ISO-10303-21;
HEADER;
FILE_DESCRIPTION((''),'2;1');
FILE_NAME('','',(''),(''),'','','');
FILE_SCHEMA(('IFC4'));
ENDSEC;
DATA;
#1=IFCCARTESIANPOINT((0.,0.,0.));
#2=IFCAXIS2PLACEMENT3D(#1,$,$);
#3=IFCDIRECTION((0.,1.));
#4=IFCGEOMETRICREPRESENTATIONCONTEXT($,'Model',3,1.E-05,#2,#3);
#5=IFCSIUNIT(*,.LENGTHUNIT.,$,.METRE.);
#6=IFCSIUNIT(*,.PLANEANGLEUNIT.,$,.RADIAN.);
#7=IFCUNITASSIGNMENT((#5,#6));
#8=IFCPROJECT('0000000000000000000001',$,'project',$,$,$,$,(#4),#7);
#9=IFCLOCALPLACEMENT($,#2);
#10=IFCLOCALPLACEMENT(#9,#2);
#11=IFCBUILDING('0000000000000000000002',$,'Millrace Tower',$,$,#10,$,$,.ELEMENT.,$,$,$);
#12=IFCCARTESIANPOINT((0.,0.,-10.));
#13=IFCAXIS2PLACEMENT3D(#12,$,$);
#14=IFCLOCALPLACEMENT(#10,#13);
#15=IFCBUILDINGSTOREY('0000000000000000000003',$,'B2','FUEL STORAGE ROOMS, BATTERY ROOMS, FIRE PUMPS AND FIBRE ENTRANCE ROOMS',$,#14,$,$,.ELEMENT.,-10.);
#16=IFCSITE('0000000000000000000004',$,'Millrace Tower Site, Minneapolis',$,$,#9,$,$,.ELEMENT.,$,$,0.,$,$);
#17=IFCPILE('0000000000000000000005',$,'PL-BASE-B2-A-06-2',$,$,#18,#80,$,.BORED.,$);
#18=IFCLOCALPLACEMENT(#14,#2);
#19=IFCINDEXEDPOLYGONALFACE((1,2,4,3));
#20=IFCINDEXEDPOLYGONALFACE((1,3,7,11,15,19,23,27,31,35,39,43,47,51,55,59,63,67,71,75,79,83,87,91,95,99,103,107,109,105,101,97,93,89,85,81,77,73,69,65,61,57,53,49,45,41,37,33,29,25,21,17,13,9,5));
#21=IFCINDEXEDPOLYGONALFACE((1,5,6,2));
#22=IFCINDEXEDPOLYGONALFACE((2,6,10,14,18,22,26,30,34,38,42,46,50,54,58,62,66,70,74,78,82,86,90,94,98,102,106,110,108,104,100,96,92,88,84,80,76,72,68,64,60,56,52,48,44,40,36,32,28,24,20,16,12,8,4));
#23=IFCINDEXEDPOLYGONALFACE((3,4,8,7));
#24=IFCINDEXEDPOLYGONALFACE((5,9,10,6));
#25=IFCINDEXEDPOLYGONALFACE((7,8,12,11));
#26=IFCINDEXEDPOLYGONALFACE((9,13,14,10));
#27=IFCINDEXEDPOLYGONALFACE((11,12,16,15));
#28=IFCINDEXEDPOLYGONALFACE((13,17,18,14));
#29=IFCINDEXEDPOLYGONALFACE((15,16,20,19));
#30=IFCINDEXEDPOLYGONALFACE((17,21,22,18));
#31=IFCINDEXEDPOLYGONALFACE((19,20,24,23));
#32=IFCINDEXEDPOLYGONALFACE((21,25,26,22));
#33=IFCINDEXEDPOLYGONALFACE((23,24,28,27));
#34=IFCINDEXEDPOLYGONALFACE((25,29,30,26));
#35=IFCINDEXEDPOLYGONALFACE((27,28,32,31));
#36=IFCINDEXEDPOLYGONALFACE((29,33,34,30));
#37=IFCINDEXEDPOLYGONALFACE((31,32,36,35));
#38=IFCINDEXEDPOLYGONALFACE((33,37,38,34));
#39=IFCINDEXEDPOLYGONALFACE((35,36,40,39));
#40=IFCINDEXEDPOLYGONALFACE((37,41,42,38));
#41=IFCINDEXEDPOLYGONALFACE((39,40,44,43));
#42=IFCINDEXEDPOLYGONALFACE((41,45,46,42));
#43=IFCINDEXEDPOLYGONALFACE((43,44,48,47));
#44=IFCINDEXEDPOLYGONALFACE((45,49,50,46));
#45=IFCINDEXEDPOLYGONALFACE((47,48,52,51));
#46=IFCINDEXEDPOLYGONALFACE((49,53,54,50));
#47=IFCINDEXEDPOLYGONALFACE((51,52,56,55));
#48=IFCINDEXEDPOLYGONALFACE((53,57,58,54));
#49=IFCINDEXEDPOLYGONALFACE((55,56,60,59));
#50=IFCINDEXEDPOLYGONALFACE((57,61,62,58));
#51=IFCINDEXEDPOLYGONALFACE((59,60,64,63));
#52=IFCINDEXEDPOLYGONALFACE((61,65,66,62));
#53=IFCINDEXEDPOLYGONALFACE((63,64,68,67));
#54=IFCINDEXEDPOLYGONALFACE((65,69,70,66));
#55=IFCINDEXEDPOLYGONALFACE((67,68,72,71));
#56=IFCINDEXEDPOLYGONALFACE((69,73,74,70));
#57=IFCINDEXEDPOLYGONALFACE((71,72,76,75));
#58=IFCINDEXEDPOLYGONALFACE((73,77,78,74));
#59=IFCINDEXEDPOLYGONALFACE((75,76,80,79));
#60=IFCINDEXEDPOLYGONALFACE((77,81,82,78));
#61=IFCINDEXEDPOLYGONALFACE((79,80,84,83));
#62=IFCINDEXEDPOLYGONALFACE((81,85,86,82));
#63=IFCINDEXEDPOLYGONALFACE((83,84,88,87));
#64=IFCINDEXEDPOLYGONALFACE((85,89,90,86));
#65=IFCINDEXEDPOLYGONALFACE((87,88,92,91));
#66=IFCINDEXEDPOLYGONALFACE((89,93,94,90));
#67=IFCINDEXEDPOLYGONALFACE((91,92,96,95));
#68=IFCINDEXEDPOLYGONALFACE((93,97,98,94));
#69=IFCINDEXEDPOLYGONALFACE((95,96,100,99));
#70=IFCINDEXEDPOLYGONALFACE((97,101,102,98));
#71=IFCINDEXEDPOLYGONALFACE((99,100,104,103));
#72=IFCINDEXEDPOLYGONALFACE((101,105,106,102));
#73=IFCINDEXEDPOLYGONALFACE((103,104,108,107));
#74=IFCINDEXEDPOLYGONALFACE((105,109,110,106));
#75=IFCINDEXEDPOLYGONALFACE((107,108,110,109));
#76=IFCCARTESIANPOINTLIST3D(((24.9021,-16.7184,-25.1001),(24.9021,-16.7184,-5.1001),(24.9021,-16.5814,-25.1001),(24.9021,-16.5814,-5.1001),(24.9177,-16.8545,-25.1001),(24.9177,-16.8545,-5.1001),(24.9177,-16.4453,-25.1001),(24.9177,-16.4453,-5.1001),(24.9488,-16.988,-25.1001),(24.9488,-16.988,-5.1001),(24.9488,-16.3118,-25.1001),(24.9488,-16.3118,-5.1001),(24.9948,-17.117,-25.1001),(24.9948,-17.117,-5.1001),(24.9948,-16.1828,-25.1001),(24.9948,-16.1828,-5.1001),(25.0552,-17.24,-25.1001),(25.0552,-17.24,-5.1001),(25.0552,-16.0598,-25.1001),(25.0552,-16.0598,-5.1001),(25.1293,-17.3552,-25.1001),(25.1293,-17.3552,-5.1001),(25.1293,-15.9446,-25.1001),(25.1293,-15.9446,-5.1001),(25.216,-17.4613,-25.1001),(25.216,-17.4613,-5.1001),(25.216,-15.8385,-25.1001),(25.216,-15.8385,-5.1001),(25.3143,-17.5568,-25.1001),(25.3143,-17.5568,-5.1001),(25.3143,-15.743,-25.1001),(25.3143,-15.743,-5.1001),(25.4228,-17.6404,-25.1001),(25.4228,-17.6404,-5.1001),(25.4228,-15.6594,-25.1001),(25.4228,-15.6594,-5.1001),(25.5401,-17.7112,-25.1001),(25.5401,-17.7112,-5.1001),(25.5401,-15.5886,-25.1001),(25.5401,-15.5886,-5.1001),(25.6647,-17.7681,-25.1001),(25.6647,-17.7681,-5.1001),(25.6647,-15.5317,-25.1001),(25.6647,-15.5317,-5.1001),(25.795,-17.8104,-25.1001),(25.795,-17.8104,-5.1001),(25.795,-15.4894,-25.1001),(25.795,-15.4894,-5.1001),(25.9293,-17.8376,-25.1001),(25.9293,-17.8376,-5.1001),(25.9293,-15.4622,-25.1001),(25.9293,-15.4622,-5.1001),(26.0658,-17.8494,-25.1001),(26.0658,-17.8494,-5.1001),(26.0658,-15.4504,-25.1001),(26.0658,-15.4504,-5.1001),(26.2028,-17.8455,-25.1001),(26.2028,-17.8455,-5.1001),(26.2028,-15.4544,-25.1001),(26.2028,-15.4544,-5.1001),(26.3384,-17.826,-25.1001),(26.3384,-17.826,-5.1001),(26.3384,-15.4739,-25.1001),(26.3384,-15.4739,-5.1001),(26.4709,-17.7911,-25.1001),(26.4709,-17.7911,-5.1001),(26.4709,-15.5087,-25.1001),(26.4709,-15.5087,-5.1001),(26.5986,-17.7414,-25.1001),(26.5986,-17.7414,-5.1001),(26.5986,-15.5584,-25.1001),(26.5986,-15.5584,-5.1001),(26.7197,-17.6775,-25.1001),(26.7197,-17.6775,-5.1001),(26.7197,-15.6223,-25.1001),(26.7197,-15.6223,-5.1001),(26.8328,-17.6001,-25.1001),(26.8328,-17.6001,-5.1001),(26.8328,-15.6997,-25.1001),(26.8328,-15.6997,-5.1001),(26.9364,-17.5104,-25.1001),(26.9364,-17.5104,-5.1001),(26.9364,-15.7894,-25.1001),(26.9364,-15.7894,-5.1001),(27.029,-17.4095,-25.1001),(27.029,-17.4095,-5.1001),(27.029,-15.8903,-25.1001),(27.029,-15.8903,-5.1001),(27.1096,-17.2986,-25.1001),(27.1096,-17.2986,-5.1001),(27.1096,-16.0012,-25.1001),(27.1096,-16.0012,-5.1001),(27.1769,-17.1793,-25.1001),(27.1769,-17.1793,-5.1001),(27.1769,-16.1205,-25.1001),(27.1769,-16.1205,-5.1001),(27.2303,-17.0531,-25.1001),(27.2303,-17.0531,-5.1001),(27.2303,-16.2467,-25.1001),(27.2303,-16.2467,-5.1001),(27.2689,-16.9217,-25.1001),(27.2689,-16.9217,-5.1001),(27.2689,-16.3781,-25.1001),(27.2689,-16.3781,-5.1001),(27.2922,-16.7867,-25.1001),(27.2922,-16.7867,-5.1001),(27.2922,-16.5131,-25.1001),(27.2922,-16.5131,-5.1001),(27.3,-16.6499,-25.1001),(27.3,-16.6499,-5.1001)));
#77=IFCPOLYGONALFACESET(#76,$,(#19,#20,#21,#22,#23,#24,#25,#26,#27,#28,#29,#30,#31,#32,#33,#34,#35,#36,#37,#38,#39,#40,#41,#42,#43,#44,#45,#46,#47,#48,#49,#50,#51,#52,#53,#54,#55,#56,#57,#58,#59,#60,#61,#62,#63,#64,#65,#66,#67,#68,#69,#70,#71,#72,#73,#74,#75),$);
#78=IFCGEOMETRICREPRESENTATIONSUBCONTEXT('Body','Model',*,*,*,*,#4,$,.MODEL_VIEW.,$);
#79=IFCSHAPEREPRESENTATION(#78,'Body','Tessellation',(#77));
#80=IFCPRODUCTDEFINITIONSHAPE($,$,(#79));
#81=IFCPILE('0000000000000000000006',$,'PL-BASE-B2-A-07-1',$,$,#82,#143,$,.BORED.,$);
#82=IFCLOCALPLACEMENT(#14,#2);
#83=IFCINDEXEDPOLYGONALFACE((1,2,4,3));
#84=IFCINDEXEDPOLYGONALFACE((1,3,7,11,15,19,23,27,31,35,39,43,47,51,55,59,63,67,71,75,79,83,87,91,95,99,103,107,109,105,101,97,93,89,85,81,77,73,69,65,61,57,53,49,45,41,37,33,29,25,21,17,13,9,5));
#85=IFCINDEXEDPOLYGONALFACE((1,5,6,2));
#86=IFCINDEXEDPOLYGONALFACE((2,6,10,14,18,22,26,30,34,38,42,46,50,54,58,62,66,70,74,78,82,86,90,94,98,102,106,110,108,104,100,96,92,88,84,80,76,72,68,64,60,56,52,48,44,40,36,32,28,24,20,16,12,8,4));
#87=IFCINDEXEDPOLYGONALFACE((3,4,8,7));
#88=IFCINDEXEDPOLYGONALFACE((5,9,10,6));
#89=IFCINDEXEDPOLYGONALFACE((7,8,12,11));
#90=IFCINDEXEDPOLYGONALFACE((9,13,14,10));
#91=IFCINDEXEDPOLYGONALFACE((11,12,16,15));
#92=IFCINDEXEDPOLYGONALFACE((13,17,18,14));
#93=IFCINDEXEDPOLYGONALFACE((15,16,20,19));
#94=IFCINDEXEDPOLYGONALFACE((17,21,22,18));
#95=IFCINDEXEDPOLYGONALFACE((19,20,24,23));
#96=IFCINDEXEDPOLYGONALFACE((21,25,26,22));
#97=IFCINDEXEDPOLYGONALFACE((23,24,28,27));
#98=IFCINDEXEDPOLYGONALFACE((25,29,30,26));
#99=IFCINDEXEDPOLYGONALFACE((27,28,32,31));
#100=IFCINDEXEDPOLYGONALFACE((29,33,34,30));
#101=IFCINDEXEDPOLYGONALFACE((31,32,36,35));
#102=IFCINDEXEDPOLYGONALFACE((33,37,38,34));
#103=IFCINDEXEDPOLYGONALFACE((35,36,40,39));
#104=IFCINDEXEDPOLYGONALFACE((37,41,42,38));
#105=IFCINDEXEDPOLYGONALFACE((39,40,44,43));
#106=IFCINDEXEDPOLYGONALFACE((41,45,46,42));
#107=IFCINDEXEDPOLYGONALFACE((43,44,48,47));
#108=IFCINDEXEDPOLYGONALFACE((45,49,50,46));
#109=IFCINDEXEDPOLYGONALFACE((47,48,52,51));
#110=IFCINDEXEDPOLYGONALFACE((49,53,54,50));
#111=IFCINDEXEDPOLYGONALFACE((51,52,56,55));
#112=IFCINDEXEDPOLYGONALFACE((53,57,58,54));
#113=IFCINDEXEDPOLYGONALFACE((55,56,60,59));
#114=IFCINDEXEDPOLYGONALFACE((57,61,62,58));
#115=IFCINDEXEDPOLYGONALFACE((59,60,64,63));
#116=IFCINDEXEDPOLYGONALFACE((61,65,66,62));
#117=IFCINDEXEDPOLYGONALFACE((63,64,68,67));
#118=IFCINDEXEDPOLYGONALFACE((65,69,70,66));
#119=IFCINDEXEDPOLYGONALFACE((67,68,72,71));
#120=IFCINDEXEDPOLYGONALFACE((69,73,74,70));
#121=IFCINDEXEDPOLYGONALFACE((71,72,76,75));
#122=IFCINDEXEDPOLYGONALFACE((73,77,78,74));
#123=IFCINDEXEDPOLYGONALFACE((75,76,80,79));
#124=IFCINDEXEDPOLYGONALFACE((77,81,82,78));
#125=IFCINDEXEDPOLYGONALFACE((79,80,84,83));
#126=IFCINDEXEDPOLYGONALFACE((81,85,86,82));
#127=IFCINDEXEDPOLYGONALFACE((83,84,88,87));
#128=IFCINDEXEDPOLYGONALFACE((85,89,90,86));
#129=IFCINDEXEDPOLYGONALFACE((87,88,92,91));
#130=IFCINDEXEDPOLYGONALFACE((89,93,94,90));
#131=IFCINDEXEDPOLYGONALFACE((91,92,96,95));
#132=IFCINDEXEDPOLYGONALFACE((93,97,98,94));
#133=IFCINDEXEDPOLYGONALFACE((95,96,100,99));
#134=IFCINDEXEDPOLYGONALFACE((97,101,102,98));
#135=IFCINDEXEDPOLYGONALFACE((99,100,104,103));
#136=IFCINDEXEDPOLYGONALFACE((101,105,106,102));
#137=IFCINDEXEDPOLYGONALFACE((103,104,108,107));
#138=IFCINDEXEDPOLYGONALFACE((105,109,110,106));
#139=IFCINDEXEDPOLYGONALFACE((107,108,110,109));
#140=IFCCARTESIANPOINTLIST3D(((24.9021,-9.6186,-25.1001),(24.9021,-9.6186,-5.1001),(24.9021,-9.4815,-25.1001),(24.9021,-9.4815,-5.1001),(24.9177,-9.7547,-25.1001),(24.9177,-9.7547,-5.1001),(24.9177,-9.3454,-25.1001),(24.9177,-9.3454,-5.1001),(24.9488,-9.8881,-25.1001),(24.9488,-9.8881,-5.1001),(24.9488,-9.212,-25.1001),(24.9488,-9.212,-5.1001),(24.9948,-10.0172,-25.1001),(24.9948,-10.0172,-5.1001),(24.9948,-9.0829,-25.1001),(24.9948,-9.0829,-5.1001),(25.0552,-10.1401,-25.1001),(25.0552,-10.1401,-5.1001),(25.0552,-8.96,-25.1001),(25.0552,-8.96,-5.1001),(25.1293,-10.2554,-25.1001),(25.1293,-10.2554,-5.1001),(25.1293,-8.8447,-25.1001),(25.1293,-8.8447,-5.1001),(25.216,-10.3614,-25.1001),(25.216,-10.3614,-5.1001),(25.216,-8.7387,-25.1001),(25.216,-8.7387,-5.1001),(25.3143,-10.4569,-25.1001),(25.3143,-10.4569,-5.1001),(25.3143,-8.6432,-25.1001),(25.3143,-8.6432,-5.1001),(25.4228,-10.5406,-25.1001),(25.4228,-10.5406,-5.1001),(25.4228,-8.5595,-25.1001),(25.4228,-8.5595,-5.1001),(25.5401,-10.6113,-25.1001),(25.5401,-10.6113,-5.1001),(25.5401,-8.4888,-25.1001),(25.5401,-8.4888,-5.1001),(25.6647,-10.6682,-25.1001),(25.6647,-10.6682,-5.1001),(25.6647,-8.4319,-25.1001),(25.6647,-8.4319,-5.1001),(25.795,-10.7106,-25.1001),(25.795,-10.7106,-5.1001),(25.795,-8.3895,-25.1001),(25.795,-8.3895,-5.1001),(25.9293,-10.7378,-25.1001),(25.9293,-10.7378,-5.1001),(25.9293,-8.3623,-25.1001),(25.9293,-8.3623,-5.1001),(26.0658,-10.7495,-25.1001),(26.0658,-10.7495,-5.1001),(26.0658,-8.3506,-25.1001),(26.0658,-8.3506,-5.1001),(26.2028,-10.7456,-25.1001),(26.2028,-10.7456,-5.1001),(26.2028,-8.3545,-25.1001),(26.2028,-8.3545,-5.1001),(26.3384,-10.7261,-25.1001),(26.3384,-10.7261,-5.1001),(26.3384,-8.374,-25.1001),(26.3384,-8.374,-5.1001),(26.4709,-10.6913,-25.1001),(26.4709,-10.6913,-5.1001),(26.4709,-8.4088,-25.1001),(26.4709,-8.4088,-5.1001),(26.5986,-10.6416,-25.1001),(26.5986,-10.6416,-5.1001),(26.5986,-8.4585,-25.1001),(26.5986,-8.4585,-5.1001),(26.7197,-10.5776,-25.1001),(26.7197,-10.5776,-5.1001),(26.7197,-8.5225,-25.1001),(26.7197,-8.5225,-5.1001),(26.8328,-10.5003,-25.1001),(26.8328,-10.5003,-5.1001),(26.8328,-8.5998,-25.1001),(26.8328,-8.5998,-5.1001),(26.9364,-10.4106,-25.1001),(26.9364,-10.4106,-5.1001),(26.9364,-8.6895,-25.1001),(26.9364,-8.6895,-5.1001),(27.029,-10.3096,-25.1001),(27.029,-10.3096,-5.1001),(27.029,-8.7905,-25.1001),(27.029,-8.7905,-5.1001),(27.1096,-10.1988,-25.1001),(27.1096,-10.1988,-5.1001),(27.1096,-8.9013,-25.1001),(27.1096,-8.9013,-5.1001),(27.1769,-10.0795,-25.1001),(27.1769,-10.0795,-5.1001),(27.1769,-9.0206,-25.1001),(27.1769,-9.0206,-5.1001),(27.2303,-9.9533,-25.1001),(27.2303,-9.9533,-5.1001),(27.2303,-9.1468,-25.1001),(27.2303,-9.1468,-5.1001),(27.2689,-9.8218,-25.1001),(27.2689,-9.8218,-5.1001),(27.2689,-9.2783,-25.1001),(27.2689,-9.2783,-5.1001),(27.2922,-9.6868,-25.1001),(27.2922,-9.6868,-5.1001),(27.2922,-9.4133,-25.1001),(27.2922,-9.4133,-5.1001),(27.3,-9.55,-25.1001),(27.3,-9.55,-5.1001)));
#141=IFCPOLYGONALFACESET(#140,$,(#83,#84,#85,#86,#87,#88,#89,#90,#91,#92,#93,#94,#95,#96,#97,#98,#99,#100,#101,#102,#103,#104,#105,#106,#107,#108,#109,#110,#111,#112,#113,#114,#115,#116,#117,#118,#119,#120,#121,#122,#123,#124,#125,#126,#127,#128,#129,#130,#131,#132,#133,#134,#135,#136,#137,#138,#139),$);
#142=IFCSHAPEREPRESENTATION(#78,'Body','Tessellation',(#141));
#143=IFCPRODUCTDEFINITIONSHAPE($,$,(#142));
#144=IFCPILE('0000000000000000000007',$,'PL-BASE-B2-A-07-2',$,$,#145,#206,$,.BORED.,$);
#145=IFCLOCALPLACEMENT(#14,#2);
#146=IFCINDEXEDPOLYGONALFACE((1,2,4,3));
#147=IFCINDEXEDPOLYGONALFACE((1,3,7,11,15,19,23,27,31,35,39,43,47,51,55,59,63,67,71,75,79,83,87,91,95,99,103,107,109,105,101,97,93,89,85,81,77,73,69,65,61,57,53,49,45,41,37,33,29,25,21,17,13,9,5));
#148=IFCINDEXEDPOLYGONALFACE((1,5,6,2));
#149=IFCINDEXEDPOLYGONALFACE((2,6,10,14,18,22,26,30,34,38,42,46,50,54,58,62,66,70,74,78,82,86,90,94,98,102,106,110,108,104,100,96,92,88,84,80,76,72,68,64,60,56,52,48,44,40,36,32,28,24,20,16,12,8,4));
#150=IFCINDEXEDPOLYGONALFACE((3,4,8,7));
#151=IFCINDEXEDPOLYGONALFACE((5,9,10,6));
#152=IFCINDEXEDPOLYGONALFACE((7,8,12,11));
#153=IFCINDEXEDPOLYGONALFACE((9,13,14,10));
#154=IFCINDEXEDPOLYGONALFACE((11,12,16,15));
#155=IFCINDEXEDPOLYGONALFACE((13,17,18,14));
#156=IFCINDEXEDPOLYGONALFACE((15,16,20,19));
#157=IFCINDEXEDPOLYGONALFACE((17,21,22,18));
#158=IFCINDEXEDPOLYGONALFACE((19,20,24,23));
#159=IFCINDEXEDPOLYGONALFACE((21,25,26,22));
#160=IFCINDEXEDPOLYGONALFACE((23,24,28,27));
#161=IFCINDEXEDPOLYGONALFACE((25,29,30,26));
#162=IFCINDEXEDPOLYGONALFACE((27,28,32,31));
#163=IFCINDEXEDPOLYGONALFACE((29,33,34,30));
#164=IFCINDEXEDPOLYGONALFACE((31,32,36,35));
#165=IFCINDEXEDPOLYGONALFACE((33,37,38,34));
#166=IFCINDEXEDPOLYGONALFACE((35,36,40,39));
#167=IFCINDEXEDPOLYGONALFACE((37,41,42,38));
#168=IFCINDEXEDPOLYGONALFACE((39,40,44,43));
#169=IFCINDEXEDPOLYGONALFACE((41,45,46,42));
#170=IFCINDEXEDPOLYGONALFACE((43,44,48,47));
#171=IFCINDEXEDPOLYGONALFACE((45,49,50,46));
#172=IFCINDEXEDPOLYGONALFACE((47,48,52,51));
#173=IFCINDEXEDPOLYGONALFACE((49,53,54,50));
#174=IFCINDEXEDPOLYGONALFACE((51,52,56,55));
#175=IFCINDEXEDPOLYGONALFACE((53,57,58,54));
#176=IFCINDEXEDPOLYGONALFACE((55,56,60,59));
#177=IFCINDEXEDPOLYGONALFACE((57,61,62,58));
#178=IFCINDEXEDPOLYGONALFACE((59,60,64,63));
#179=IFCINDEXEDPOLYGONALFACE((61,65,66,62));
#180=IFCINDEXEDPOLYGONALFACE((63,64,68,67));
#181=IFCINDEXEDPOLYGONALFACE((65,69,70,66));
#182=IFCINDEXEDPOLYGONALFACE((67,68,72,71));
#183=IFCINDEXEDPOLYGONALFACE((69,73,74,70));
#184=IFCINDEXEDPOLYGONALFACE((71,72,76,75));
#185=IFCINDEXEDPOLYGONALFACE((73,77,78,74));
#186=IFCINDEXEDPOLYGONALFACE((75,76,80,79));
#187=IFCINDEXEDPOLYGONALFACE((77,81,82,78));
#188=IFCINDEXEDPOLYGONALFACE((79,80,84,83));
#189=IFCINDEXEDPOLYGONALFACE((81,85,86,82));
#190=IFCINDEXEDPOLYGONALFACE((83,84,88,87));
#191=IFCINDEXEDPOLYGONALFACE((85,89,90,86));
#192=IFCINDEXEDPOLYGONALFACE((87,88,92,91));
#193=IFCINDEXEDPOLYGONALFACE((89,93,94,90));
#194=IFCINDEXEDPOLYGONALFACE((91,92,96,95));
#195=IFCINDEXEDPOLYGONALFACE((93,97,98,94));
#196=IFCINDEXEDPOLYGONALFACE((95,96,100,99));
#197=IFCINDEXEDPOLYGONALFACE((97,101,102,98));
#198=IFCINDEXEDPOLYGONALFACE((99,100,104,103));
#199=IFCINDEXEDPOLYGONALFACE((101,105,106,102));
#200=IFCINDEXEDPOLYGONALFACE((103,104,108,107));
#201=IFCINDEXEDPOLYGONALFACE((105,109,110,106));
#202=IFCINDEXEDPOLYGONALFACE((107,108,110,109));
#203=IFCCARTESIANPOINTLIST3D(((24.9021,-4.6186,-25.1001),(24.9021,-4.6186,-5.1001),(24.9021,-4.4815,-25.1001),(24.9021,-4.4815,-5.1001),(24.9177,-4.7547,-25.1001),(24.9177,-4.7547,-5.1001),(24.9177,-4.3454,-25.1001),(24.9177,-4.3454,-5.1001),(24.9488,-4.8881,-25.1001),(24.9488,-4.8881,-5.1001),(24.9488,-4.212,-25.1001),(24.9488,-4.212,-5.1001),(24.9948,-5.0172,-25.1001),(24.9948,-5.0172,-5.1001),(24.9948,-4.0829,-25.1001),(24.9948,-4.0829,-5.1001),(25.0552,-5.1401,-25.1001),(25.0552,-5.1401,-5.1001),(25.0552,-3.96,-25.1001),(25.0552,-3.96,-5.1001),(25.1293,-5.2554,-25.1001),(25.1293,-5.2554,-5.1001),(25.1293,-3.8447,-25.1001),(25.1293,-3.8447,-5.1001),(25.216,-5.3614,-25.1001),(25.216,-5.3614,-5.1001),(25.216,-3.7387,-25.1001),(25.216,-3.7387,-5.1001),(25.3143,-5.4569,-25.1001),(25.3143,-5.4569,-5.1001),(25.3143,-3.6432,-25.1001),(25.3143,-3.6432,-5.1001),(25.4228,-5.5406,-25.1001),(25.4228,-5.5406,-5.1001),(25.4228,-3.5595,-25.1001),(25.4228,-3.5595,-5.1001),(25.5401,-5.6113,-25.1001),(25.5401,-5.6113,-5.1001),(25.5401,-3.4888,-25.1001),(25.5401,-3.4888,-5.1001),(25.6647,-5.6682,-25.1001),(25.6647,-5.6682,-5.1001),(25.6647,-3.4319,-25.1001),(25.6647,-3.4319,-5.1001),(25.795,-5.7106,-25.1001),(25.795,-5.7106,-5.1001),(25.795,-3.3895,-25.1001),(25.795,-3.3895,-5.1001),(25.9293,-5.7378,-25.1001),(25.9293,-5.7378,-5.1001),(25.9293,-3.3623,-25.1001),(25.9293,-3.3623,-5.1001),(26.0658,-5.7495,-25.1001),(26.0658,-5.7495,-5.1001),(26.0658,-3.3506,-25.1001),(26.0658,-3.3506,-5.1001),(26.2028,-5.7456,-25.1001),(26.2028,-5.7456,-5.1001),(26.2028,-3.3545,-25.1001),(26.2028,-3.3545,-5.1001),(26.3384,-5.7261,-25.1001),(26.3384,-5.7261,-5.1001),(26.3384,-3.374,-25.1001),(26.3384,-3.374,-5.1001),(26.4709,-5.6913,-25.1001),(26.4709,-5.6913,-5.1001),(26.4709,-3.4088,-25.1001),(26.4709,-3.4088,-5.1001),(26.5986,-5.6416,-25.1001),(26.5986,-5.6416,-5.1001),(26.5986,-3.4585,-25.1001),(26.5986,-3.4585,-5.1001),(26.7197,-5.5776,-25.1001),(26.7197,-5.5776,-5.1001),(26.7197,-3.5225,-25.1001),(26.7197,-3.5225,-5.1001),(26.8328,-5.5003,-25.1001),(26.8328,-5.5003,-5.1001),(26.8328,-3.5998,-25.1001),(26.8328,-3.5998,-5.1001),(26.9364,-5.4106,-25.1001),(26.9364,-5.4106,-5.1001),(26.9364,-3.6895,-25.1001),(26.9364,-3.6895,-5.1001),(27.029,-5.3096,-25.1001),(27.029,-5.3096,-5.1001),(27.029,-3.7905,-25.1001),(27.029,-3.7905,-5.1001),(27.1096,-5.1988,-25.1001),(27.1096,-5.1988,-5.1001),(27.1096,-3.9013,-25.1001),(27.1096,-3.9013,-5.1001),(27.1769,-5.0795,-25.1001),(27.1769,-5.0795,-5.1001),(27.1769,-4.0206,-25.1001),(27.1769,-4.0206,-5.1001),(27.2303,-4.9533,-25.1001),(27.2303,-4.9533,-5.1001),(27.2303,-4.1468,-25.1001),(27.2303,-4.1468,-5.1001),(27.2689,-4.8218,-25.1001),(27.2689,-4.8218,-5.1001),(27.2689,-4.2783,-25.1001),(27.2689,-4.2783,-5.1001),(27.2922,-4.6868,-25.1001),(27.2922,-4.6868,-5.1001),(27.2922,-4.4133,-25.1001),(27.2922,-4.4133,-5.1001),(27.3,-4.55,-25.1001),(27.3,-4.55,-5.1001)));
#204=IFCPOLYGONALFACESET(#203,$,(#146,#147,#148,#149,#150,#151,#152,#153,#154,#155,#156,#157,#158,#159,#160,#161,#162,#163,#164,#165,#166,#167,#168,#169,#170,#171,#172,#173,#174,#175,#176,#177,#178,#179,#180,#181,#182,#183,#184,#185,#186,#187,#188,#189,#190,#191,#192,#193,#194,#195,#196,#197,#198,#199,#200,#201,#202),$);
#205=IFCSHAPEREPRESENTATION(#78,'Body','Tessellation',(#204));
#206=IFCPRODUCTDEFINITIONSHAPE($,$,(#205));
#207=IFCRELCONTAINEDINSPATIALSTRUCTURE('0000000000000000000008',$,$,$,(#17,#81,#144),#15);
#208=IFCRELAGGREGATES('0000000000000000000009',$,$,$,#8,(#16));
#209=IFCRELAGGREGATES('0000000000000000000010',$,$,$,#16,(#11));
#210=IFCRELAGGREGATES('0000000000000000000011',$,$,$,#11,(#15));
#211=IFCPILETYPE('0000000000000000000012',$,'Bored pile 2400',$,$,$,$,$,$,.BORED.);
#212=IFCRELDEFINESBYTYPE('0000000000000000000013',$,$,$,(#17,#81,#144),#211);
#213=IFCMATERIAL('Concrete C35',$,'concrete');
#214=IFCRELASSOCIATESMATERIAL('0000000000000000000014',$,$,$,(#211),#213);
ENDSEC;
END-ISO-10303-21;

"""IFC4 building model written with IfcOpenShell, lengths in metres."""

from ifc_helpers import new_model, si_unit, direction, frame, origin, origin_2d, place, context, subcontext, project, spatial, circle, extrude, material, material_profile, profile_set, type_object, element, save


model = new_model("IFC4")

# Units and contexts
model_context = context("Model", 3, precision=1e-05, world=origin(), true_north=direction((0.0, 1.0)))
body_context = subcontext(model_context, "Body", "Model", "MODEL_VIEW")
ifc_project = project(units=[si_unit("LENGTHUNIT", "METRE"), si_unit("PLANEANGLEUNIT", "RADIAN")], contexts=[model_context])

# Site, building, storey
site_placement = place(None, origin())
site = spatial("IfcSite", under=ifc_project, at=site_placement, Name="Millrace Tower Site, Minneapolis", CompositionType="ELEMENT", RefElevation=0.0)
building_placement = place(site_placement, origin())
building = spatial("IfcBuilding", under=site, at=building_placement, Name="Millrace Tower", CompositionType="ELEMENT")
storey_placement = place(building_placement, frame((0.0, 0.0, -10.0)))
storey = spatial("IfcBuildingStorey", under=building, at=storey_placement, Name="B2", Description="FUEL STORAGE ROOMS, BATTERY ROOMS, FIRE PUMPS AND FIBRE ENTRANCE ROOMS", CompositionType="ELEMENT", Elevation=-10.0)

# Piles
ifc_material_1 = material(Name="Concrete C35", Category="concrete")
ifc_material_profile_1 = material_profile(ifc_material_1, circle(Radius=1.2, at=origin_2d()))
ifc_profile_set_1 = profile_set([ifc_material_profile_1], Name="Concrete C35")
pile_type = type_object("IfcPileType", Name="Bored pile 2400", PredefinedType="BORED", material=ifc_profile_set_1)
for number, where, z_axis, x_axis, name in (
    (1, (26.1001, -16.6499, -5.1001), (0.0, 0.0, -1.0), (1.0, 0.0, 0.0), "PL-BASE-B2-A-06-2"),
    (2, (26.1001, -9.55, -5.1001), (0.0, 0.0, -1.0), (1.0, 0.0, 0.0), "PL-BASE-B2-A-07-1"),
    (3, (26.1001, -4.55, -5.1001), (0.0, 0.0, -1.0), (1.0, 0.0, 0.0), "PL-BASE-B2-A-07-2"),
):
    element("IfcPile", number, at=place(storey_placement, frame(where, z_axis=z_axis, x_axis=x_axis)), inside=storey, type_object=pile_type, Name=name, PredefinedType="BORED", context=body_context, shape_type="SweptSolid", body=[
        extrude(circle(Radius=1.2, at=origin_2d()), origin(), (0.0, 0.0, 1.0), 20.0),
    ])

save(model, "model.ifc")
